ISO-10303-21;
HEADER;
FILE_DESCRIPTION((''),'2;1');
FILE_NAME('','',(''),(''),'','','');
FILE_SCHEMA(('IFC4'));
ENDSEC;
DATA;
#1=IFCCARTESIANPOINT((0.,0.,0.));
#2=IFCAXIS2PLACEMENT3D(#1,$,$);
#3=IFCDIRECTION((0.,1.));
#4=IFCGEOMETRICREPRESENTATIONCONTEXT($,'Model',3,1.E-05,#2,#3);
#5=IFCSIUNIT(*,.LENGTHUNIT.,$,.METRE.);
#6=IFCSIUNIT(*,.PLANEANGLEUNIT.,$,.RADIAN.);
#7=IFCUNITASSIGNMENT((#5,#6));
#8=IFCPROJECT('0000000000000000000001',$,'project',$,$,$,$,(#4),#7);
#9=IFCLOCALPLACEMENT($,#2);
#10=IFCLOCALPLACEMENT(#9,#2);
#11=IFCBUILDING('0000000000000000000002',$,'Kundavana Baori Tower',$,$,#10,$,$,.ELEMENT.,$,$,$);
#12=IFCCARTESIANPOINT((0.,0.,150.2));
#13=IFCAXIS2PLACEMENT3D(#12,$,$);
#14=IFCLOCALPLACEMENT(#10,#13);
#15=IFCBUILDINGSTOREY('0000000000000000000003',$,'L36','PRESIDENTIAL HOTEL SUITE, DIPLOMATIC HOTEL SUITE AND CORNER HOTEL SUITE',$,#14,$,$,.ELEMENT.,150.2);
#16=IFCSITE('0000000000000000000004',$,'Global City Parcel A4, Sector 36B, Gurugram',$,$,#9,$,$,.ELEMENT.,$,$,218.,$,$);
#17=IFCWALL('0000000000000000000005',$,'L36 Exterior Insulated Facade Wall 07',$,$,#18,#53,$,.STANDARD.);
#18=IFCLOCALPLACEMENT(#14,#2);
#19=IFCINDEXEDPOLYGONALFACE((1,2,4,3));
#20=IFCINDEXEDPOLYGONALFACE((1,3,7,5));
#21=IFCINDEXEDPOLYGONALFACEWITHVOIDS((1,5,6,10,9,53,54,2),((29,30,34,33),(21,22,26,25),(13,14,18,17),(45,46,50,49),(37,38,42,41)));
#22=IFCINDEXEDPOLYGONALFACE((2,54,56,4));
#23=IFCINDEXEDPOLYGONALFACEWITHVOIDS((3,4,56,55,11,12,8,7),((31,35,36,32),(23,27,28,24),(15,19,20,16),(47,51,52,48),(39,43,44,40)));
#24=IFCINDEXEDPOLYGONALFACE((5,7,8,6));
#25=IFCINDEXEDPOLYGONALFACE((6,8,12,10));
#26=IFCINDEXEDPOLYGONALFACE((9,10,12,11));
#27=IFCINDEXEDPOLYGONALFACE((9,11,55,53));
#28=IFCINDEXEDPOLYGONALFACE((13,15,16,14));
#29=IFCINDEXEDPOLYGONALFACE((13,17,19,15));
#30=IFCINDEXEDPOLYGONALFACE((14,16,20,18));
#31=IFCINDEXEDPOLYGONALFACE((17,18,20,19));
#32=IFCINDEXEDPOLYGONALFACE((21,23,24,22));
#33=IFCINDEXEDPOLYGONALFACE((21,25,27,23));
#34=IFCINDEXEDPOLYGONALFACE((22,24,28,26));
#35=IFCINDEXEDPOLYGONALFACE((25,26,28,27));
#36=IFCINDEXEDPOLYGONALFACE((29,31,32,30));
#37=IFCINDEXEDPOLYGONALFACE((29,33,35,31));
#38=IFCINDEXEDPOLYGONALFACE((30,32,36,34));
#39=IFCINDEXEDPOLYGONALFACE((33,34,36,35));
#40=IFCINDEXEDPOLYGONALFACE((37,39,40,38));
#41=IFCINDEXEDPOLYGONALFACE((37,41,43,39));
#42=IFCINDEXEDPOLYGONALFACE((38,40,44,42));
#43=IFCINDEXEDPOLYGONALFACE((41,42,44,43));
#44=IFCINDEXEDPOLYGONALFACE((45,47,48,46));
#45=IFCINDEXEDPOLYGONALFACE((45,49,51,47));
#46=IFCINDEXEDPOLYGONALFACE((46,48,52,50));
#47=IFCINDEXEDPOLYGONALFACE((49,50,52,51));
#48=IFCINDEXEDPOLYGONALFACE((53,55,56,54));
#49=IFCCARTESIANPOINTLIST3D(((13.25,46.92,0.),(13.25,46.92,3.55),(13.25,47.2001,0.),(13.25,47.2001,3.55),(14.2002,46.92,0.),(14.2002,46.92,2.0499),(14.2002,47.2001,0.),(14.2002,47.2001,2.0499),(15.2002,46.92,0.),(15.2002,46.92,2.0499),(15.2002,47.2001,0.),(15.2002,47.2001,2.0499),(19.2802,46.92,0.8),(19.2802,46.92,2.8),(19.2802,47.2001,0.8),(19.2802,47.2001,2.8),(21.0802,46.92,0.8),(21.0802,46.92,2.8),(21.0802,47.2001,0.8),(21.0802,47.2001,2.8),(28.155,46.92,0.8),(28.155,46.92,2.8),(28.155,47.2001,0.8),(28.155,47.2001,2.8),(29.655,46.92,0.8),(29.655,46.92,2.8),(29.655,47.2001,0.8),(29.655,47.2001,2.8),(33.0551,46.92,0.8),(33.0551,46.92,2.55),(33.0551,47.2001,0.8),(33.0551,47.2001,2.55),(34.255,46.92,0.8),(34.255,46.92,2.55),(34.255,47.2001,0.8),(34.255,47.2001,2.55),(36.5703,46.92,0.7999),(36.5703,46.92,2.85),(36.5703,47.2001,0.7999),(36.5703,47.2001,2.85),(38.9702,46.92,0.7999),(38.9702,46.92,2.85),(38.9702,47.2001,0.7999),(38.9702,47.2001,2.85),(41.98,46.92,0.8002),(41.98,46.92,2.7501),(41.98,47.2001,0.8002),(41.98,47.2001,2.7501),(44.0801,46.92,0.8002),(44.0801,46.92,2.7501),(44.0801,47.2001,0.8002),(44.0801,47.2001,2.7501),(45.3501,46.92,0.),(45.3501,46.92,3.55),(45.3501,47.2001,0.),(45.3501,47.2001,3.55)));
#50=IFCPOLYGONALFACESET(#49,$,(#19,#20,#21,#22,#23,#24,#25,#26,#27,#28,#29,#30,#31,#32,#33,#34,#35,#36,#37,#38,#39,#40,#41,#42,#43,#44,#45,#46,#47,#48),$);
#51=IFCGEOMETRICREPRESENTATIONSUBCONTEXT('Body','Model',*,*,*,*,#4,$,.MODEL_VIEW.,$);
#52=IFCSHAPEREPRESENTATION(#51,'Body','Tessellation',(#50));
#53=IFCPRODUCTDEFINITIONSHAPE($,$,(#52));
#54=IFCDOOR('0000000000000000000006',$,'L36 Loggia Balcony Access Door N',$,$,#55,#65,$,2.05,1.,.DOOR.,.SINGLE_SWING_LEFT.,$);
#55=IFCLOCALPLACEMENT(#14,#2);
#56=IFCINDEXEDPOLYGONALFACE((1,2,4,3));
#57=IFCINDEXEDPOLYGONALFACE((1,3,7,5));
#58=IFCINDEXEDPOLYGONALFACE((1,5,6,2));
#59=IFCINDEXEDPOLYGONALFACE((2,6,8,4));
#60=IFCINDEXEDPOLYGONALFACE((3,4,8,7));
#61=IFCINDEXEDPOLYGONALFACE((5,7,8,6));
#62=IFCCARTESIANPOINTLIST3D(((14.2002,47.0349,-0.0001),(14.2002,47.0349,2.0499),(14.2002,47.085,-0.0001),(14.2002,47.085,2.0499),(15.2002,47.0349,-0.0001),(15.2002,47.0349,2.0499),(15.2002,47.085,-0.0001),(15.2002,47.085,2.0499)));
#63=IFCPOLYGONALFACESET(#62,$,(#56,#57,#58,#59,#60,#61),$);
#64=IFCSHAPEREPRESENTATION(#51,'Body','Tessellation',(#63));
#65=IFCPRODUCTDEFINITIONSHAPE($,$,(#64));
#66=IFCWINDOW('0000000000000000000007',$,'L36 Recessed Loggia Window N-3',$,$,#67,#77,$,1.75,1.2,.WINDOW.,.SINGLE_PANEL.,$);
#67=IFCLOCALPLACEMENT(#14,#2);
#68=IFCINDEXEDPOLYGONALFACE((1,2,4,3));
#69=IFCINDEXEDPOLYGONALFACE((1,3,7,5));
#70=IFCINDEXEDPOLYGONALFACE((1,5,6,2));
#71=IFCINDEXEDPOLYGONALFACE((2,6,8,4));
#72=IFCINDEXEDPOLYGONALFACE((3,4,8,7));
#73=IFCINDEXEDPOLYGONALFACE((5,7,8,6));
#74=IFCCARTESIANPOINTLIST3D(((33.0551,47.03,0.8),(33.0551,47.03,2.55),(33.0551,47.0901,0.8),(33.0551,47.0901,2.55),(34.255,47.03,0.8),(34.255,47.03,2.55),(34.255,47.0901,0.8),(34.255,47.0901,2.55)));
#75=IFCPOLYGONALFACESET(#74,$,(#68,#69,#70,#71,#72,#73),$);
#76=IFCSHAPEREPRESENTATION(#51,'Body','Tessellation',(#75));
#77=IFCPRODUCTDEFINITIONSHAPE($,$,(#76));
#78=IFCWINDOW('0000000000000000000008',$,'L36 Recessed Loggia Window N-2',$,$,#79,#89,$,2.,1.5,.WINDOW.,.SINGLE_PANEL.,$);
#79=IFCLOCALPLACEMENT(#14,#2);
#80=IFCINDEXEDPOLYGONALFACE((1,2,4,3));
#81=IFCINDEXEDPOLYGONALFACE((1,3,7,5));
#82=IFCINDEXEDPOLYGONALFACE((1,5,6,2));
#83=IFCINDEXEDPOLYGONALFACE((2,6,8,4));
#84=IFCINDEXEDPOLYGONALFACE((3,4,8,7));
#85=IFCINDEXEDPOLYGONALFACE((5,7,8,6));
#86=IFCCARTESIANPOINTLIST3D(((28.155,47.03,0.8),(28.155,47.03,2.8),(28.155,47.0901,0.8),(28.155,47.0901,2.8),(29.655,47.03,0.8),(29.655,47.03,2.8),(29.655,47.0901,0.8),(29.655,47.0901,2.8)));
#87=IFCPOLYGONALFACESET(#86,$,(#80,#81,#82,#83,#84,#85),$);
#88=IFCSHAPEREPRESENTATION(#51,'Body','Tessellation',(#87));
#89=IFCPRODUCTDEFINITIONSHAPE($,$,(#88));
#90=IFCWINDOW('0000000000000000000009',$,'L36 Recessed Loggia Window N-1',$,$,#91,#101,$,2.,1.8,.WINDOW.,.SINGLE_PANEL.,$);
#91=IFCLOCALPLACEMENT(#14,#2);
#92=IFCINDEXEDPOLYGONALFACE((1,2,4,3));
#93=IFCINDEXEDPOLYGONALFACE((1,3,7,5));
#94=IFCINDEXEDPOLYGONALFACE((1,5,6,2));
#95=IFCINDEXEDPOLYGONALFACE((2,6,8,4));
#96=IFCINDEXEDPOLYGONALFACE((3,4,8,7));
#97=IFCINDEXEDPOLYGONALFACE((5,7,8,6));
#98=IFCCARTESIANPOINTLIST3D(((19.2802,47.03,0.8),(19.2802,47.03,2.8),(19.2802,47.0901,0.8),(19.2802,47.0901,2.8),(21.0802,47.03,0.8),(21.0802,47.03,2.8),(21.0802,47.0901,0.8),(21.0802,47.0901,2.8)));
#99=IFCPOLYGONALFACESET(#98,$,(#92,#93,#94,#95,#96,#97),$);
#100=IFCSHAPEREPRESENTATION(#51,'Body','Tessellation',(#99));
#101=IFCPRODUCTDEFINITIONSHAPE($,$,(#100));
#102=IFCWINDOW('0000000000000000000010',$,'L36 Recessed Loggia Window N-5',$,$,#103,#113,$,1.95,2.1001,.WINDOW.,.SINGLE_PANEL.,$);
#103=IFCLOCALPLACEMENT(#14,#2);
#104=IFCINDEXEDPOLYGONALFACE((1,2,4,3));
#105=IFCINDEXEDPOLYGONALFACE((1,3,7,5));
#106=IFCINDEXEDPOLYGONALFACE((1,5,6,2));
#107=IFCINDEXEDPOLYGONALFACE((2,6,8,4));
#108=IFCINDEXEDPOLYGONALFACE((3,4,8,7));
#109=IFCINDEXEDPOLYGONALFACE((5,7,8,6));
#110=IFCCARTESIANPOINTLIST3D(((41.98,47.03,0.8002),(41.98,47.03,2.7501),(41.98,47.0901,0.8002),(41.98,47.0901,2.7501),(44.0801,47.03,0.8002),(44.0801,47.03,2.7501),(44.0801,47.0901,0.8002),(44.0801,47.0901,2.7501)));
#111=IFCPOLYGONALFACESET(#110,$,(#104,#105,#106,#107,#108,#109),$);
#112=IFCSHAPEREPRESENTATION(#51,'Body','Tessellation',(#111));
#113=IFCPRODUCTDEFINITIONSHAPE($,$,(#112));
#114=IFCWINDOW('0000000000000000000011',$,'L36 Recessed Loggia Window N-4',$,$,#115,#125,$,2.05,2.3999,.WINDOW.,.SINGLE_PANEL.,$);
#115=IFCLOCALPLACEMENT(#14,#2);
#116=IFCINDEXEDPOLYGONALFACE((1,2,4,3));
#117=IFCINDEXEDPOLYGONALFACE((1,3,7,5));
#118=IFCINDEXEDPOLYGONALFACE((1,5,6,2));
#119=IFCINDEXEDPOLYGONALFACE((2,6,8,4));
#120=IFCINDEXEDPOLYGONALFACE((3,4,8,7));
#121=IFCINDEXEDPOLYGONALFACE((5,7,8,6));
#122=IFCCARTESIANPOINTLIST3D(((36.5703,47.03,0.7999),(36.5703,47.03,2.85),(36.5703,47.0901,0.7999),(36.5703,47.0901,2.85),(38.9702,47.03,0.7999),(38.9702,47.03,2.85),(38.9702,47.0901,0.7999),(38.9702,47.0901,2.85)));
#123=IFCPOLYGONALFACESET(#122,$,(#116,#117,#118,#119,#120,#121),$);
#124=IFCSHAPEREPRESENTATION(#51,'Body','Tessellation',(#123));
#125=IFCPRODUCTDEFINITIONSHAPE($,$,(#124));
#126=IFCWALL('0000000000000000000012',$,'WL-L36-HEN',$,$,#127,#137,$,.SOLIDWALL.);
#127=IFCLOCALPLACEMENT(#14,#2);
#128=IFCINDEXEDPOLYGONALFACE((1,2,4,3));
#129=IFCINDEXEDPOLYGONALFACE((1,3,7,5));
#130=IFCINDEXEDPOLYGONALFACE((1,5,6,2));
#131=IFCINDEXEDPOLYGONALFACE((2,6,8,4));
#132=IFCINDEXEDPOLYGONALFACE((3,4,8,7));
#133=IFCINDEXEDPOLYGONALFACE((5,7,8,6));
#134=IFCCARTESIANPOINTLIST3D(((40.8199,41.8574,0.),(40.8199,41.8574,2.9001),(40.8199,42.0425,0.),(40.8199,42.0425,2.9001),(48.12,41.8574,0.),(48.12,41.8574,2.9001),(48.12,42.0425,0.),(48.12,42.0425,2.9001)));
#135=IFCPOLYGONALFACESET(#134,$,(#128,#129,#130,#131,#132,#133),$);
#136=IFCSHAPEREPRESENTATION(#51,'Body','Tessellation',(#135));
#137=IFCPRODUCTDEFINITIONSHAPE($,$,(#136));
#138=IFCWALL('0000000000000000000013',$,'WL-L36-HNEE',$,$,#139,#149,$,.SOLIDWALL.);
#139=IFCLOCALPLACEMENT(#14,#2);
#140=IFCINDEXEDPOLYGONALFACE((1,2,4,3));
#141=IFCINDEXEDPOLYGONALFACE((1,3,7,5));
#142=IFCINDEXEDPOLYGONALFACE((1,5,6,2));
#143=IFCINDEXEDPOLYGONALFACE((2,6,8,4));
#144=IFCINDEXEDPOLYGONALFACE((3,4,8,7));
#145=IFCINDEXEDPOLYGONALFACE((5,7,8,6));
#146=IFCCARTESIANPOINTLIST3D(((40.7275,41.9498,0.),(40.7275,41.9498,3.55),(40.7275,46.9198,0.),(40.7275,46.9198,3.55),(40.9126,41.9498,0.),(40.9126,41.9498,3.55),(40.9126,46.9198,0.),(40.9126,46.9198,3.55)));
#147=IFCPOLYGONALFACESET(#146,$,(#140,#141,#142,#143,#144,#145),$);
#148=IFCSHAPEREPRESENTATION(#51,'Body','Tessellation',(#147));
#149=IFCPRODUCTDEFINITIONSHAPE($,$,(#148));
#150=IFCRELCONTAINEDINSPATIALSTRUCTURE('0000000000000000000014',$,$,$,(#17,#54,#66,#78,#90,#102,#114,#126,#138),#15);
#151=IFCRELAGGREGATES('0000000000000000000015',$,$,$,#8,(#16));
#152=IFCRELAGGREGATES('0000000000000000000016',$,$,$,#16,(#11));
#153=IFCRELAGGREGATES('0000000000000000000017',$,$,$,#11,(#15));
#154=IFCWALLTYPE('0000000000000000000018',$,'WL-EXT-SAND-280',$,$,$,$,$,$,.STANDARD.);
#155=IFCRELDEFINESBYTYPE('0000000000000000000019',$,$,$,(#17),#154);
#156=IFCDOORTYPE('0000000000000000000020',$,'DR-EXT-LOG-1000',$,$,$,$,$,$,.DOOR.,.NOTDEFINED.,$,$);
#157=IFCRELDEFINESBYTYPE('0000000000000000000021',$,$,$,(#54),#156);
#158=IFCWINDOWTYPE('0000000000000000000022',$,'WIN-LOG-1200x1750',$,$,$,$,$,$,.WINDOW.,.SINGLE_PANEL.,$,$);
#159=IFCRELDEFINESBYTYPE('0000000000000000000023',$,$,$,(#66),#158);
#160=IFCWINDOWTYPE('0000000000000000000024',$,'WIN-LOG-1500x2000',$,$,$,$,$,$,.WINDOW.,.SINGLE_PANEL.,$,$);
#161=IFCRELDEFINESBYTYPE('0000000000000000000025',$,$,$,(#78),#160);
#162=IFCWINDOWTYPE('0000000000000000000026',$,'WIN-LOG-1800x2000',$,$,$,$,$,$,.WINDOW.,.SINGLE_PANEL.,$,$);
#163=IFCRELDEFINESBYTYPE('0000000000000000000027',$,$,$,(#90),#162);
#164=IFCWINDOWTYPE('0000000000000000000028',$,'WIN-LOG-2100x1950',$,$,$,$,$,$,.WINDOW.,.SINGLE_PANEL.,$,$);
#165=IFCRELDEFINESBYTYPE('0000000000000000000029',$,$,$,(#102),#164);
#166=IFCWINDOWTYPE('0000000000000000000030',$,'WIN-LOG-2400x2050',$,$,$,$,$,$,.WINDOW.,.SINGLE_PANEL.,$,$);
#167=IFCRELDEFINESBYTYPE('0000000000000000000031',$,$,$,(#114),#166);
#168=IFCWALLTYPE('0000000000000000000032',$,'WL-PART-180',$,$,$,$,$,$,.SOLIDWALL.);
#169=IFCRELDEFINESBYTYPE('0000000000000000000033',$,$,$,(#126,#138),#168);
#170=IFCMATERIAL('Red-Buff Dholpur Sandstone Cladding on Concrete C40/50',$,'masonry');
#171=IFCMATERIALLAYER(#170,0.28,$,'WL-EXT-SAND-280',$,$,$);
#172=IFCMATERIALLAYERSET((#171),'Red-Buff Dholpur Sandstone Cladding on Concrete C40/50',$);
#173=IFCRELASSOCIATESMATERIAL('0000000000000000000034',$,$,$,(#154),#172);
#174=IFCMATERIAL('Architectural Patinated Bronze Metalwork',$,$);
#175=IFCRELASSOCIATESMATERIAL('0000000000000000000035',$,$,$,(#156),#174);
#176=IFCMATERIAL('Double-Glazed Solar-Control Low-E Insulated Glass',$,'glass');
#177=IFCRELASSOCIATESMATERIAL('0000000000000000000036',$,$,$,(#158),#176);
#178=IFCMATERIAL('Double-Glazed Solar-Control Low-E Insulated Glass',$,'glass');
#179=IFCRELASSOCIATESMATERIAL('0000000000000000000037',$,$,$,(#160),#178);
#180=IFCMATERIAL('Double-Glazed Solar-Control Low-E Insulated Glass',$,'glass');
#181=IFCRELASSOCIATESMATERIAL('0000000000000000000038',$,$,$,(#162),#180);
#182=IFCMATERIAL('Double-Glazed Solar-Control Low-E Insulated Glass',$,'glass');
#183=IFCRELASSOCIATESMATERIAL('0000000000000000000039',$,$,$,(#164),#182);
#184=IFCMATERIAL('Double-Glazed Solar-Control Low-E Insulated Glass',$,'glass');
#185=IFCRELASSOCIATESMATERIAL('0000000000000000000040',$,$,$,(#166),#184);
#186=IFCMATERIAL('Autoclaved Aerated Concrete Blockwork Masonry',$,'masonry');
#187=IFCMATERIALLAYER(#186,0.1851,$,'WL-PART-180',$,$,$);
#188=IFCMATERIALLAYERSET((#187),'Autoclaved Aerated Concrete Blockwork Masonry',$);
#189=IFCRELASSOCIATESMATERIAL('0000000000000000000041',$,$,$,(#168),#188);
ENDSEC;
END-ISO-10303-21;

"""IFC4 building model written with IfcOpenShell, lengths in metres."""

from ifc_helpers import new_model, si_unit, direction, frame, frame_2d, origin, place, context, subcontext, project, spatial, rectangle, extrude, material, layer, layer_set, type_object, element, fill, save


model = new_model("IFC4")

# Units and contexts
model_context = context("Model", 3, precision=1e-05, world=origin(), true_north=direction((0.0, 1.0)))
body_context = subcontext(model_context, "Body", "Model", "MODEL_VIEW")
ifc_project = project(units=[si_unit("LENGTHUNIT", "METRE"), si_unit("PLANEANGLEUNIT", "RADIAN")], contexts=[model_context])

# Site, building, storey
site_placement = place(None, origin())
site = spatial("IfcSite", under=ifc_project, at=site_placement, Name="Global City Parcel A4, Sector 36B, Gurugram", CompositionType="ELEMENT", RefElevation=218.0)
building_placement = place(site_placement, origin())
building = spatial("IfcBuilding", under=site, at=building_placement, Name="Kundavana Baori Tower", CompositionType="ELEMENT")
storey_placement = place(building_placement, frame((0.0, 0.0, 150.2)))
storey = spatial("IfcBuildingStorey", under=building, at=storey_placement, Name="L36", Description="PRESIDENTIAL HOTEL SUITE, DIPLOMATIC HOTEL SUITE AND CORNER HOTEL SUITE", CompositionType="ELEMENT", Elevation=150.2)

# Shared definitions
ifc_material_1 = material(Name="Red-Buff Dholpur Sandstone Cladding on Concrete C40/50", Category="masonry")
ifc_layer_1 = layer(ifc_material_1, 0.28, Name="WL-EXT-SAND-280")
ifc_layer_set_1 = layer_set([ifc_layer_1], Name="Red-Buff Dholpur Sandstone Cladding on Concrete C40/50")
wall_type_1 = type_object("IfcWallType", Name="WL-EXT-SAND-280", PredefinedType="STANDARD", material=ifc_layer_set_1)

# Wall, openings, door, windows
wall_1_placement = place(storey_placement, frame((45.3501, 47.0601, 0.0), z_axis=(0.0, 0.0, 1.0), x_axis=(-1.0, 0.0, 0.0)))
wall_1 = element("IfcWall", 1, at=wall_1_placement, inside=storey, type_object=wall_type_1, Name="L36 Exterior Insulated Facade Wall 07", PredefinedType="STANDARD", context=body_context, shape_type="SweptSolid", body=[
    extrude(rectangle(XDim=32.1001, YDim=0.28, at=frame_2d((16.05, 0.0))), origin(), (0.0, 0.0, 1.0), 3.55),
])
opening_1_placement = place(wall_1_placement, frame((30.1499, 0.0, 0.0)))
opening_1 = element("IfcOpeningElement", 2, at=opening_1_placement, cuts=wall_1, PredefinedType="OPENING", context=body_context, shape_type="SweptSolid", body=[
    extrude(rectangle(XDim=1.0, YDim=2.05, at=frame_2d((0.5, 1.0249))), frame((0.0, 0.1499, 0.0), z_axis=(0.0, -1.0, 0.0), x_axis=(1.0, 0.0, 0.0)), (0.0, 0.0, 1.0), 0.3),
])
opening_2_placement = place(wall_1_placement, frame((24.27, 0.0, 0.8)))
opening_2 = element("IfcOpeningElement", 3, at=opening_2_placement, cuts=wall_1, PredefinedType="OPENING", context=body_context, shape_type="SweptSolid", body=[
    extrude(rectangle(XDim=1.8, YDim=2.0, at=frame_2d((0.8999, 1.0))), frame((0.0, 0.1499, 0.0), z_axis=(0.0, -1.0, 0.0), x_axis=(1.0, 0.0, 0.0)), (0.0, 0.0, 1.0), 0.3),
])
opening_3_placement = place(wall_1_placement, frame((15.6951, 0.0, 0.8)))
opening_3 = element("IfcOpeningElement", 4, at=opening_3_placement, cuts=wall_1, PredefinedType="OPENING", context=body_context, shape_type="SweptSolid", body=[
    extrude(rectangle(XDim=1.5, YDim=2.0, at=frame_2d((0.75, 1.0))), frame((0.0, 0.1499, 0.0), z_axis=(0.0, -1.0, 0.0), x_axis=(1.0, 0.0, 0.0)), (0.0, 0.0, 1.0), 0.3),
])
opening_4_placement = place(wall_1_placement, frame((11.095, 0.0, 0.8)))
opening_4 = element("IfcOpeningElement", 5, at=opening_4_placement, cuts=wall_1, PredefinedType="OPENING", context=body_context, shape_type="SweptSolid", body=[
    extrude(rectangle(XDim=1.2, YDim=1.75, at=frame_2d((0.6001, 0.875))), frame((0.0, 0.1499, 0.0), z_axis=(0.0, -1.0, 0.0), x_axis=(1.0, 0.0, 0.0)), (0.0, 0.0, 1.0), 0.3),
])
opening_5_placement = place(wall_1_placement, frame((6.3799, 0.0, 0.8)))
opening_5 = element("IfcOpeningElement", 6, at=opening_5_placement, cuts=wall_1, PredefinedType="OPENING", context=body_context, shape_type="SweptSolid", body=[
    extrude(rectangle(XDim=2.3999, YDim=2.05, at=frame_2d((1.2, 1.0249))), frame((0.0, 0.1499, 0.0), z_axis=(0.0, -1.0, 0.0), x_axis=(1.0, 0.0, 0.0)), (0.0, 0.0, 1.0), 0.3),
])
opening_6_placement = place(wall_1_placement, frame((1.27, 0.0, 0.8)))
opening_6 = element("IfcOpeningElement", 7, at=opening_6_placement, cuts=wall_1, PredefinedType="OPENING", context=body_context, shape_type="SweptSolid", body=[
    extrude(rectangle(XDim=2.1001, YDim=1.95, at=frame_2d((1.05, 0.9751))), frame((0.0, 0.1499, 0.0), z_axis=(0.0, -1.0, 0.0), x_axis=(1.0, 0.0, 0.0)), (0.0, 0.0, 1.0), 0.3),
])
ifc_material_2 = material(Name="Architectural Patinated Bronze Metalwork")
door_type_1 = type_object("IfcDoorType", Name="DR-EXT-LOG-1000", OperationType="NOTDEFINED", PredefinedType="DOOR", material=ifc_material_2)
door_1_placement = place(opening_1_placement, frame((1.0, 0.0, 0.0), z_axis=(0.0, 0.0, 1.0), x_axis=(-1.0, 0.0, 0.0)))
door_1 = element("IfcDoor", 8, at=door_1_placement, inside=storey, type_object=door_type_1, Name="L36 Loggia Balcony Access Door N", OperationType="SINGLE_SWING_LEFT", OverallHeight=2.05, OverallWidth=1.0, PredefinedType="DOOR", context=body_context, shape_type="SweptSolid", body=[
    extrude(rectangle(XDim=1.0, YDim=2.05, at=frame_2d((0.5, 1.0249))), frame((0.0, 0.0249, 0.0), z_axis=(0.0, -1.0, 0.0), x_axis=(1.0, 0.0, 0.0)), (0.0, 0.0, 1.0), 0.05),
])
fill(opening_1, door_1)
ifc_material_3 = material(Name="Double-Glazed Solar-Control Low-E Insulated Glass", Category="glass")
window_type_1 = type_object("IfcWindowType", Name="WIN-LOG-1200x1750", PartitioningType="SINGLE_PANEL", PredefinedType="WINDOW", material=ifc_material_3)
window_1_placement = place(opening_4_placement, origin())
window_1 = element("IfcWindow", 9, at=window_1_placement, inside=storey, type_object=window_type_1, Name="L36 Recessed Loggia Window N-3", OverallHeight=1.75, OverallWidth=1.2, PartitioningType="SINGLE_PANEL", PredefinedType="WINDOW", context=body_context, shape_type="SweptSolid", body=[
    extrude(rectangle(XDim=1.2, YDim=1.75, at=frame_2d((0.6001, 0.875))), frame((0.0, 0.03, 0.0), z_axis=(0.0, -1.0, 0.0), x_axis=(1.0, 0.0, 0.0)), (0.0, 0.0, 1.0), 0.0601),
])
fill(opening_4, window_1)
ifc_material_4 = material(Name="Double-Glazed Solar-Control Low-E Insulated Glass", Category="glass")
window_type_2 = type_object("IfcWindowType", Name="WIN-LOG-1500x2000", PartitioningType="SINGLE_PANEL", PredefinedType="WINDOW", material=ifc_material_4)
window_2_placement = place(opening_3_placement, origin())
window_2 = element("IfcWindow", 10, at=window_2_placement, inside=storey, type_object=window_type_2, Name="L36 Recessed Loggia Window N-2", OverallHeight=2.0, OverallWidth=1.5, PartitioningType="SINGLE_PANEL", PredefinedType="WINDOW", context=body_context, shape_type="SweptSolid", body=[
    extrude(rectangle(XDim=1.5, YDim=2.0, at=frame_2d((0.75, 1.0))), frame((0.0, 0.03, 0.0), z_axis=(0.0, -1.0, 0.0), x_axis=(1.0, 0.0, 0.0)), (0.0, 0.0, 1.0), 0.0601),
])
fill(opening_3, window_2)
ifc_material_5 = material(Name="Double-Glazed Solar-Control Low-E Insulated Glass", Category="glass")
window_type_3 = type_object("IfcWindowType", Name="WIN-LOG-1800x2000", PartitioningType="SINGLE_PANEL", PredefinedType="WINDOW", material=ifc_material_5)
window_3_placement = place(opening_2_placement, origin())
window_3 = element("IfcWindow", 11, at=window_3_placement, inside=storey, type_object=window_type_3, Name="L36 Recessed Loggia Window N-1", OverallHeight=2.0, OverallWidth=1.8, PartitioningType="SINGLE_PANEL", PredefinedType="WINDOW", context=body_context, shape_type="SweptSolid", body=[
    extrude(rectangle(XDim=1.8, YDim=2.0, at=frame_2d((0.8999, 1.0))), frame((0.0, 0.03, 0.0), z_axis=(0.0, -1.0, 0.0), x_axis=(1.0, 0.0, 0.0)), (0.0, 0.0, 1.0), 0.0601),
])
fill(opening_2, window_3)
ifc_material_6 = material(Name="Double-Glazed Solar-Control Low-E Insulated Glass", Category="glass")
window_type_4 = type_object("IfcWindowType", Name="WIN-LOG-2100x1950", PartitioningType="SINGLE_PANEL", PredefinedType="WINDOW", material=ifc_material_6)
window_4_placement = place(opening_6_placement, origin())
window_4 = element("IfcWindow", 12, at=window_4_placement, inside=storey, type_object=window_type_4, Name="L36 Recessed Loggia Window N-5", OverallHeight=1.95, OverallWidth=2.1001, PartitioningType="SINGLE_PANEL", PredefinedType="WINDOW", context=body_context, shape_type="SweptSolid", body=[
    extrude(rectangle(XDim=2.1001, YDim=1.95, at=frame_2d((1.05, 0.9751))), frame((0.0, 0.03, 0.0), z_axis=(0.0, -1.0, 0.0), x_axis=(1.0, 0.0, 0.0)), (0.0, 0.0, 1.0), 0.0601),
])
fill(opening_6, window_4)
ifc_material_7 = material(Name="Double-Glazed Solar-Control Low-E Insulated Glass", Category="glass")
window_type_5 = type_object("IfcWindowType", Name="WIN-LOG-2400x2050", PartitioningType="SINGLE_PANEL", PredefinedType="WINDOW", material=ifc_material_7)
window_5_placement = place(opening_5_placement, origin())
window_5 = element("IfcWindow", 13, at=window_5_placement, inside=storey, type_object=window_type_5, Name="L36 Recessed Loggia Window N-4", OverallHeight=2.05, OverallWidth=2.3999, PartitioningType="SINGLE_PANEL", PredefinedType="WINDOW", context=body_context, shape_type="SweptSolid", body=[
    extrude(rectangle(XDim=2.3999, YDim=2.05, at=frame_2d((1.2, 1.0249))), frame((0.0, 0.03, 0.0), z_axis=(0.0, -1.0, 0.0), x_axis=(1.0, 0.0, 0.0)), (0.0, 0.0, 1.0), 0.0601),
])
fill(opening_5, window_5)

# Walls
ifc_material_8 = material(Name="Autoclaved Aerated Concrete Blockwork Masonry", Category="masonry")
ifc_layer_2 = layer(ifc_material_8, 0.1851, Name="WL-PART-180")
ifc_layer_set_2 = layer_set([ifc_layer_2], Name="Autoclaved Aerated Concrete Blockwork Masonry")
wall_type_2 = type_object("IfcWallType", Name="WL-PART-180", PredefinedType="SOLIDWALL", material=ifc_layer_set_2)
wall_2_placement = place(storey_placement, frame((40.8201, 41.95, 0.0), z_axis=(0.0, 0.0, 1.0), x_axis=(1.0, 0.0, 0.0)))
element("IfcWall", 14, at=wall_2_placement, inside=storey, type_object=wall_type_2, Name="WL-L36-HEN", PredefinedType="SOLIDWALL", context=body_context, shape_type="SweptSolid", body=[
    extrude(rectangle(XDim=7.3, YDim=0.1851, at=frame_2d((3.6499, 0.0))), origin(), (0.0, 0.0, 1.0), 2.9001),
])
wall_3_placement = place(storey_placement, frame((40.8201, 41.95, 0.0), z_axis=(0.0, 0.0, 1.0), x_axis=(0.0, 1.0, 0.0)))
element("IfcWall", 15, at=wall_3_placement, inside=storey, type_object=wall_type_2, Name="WL-L36-HNEE", PredefinedType="SOLIDWALL", context=body_context, shape_type="SweptSolid", body=[
    extrude(rectangle(XDim=4.97, YDim=0.1851, at=frame_2d((2.4849, 0.0))), origin(), (0.0, 0.0, 1.0), 3.55),
])

save(model, "model.ifc")
